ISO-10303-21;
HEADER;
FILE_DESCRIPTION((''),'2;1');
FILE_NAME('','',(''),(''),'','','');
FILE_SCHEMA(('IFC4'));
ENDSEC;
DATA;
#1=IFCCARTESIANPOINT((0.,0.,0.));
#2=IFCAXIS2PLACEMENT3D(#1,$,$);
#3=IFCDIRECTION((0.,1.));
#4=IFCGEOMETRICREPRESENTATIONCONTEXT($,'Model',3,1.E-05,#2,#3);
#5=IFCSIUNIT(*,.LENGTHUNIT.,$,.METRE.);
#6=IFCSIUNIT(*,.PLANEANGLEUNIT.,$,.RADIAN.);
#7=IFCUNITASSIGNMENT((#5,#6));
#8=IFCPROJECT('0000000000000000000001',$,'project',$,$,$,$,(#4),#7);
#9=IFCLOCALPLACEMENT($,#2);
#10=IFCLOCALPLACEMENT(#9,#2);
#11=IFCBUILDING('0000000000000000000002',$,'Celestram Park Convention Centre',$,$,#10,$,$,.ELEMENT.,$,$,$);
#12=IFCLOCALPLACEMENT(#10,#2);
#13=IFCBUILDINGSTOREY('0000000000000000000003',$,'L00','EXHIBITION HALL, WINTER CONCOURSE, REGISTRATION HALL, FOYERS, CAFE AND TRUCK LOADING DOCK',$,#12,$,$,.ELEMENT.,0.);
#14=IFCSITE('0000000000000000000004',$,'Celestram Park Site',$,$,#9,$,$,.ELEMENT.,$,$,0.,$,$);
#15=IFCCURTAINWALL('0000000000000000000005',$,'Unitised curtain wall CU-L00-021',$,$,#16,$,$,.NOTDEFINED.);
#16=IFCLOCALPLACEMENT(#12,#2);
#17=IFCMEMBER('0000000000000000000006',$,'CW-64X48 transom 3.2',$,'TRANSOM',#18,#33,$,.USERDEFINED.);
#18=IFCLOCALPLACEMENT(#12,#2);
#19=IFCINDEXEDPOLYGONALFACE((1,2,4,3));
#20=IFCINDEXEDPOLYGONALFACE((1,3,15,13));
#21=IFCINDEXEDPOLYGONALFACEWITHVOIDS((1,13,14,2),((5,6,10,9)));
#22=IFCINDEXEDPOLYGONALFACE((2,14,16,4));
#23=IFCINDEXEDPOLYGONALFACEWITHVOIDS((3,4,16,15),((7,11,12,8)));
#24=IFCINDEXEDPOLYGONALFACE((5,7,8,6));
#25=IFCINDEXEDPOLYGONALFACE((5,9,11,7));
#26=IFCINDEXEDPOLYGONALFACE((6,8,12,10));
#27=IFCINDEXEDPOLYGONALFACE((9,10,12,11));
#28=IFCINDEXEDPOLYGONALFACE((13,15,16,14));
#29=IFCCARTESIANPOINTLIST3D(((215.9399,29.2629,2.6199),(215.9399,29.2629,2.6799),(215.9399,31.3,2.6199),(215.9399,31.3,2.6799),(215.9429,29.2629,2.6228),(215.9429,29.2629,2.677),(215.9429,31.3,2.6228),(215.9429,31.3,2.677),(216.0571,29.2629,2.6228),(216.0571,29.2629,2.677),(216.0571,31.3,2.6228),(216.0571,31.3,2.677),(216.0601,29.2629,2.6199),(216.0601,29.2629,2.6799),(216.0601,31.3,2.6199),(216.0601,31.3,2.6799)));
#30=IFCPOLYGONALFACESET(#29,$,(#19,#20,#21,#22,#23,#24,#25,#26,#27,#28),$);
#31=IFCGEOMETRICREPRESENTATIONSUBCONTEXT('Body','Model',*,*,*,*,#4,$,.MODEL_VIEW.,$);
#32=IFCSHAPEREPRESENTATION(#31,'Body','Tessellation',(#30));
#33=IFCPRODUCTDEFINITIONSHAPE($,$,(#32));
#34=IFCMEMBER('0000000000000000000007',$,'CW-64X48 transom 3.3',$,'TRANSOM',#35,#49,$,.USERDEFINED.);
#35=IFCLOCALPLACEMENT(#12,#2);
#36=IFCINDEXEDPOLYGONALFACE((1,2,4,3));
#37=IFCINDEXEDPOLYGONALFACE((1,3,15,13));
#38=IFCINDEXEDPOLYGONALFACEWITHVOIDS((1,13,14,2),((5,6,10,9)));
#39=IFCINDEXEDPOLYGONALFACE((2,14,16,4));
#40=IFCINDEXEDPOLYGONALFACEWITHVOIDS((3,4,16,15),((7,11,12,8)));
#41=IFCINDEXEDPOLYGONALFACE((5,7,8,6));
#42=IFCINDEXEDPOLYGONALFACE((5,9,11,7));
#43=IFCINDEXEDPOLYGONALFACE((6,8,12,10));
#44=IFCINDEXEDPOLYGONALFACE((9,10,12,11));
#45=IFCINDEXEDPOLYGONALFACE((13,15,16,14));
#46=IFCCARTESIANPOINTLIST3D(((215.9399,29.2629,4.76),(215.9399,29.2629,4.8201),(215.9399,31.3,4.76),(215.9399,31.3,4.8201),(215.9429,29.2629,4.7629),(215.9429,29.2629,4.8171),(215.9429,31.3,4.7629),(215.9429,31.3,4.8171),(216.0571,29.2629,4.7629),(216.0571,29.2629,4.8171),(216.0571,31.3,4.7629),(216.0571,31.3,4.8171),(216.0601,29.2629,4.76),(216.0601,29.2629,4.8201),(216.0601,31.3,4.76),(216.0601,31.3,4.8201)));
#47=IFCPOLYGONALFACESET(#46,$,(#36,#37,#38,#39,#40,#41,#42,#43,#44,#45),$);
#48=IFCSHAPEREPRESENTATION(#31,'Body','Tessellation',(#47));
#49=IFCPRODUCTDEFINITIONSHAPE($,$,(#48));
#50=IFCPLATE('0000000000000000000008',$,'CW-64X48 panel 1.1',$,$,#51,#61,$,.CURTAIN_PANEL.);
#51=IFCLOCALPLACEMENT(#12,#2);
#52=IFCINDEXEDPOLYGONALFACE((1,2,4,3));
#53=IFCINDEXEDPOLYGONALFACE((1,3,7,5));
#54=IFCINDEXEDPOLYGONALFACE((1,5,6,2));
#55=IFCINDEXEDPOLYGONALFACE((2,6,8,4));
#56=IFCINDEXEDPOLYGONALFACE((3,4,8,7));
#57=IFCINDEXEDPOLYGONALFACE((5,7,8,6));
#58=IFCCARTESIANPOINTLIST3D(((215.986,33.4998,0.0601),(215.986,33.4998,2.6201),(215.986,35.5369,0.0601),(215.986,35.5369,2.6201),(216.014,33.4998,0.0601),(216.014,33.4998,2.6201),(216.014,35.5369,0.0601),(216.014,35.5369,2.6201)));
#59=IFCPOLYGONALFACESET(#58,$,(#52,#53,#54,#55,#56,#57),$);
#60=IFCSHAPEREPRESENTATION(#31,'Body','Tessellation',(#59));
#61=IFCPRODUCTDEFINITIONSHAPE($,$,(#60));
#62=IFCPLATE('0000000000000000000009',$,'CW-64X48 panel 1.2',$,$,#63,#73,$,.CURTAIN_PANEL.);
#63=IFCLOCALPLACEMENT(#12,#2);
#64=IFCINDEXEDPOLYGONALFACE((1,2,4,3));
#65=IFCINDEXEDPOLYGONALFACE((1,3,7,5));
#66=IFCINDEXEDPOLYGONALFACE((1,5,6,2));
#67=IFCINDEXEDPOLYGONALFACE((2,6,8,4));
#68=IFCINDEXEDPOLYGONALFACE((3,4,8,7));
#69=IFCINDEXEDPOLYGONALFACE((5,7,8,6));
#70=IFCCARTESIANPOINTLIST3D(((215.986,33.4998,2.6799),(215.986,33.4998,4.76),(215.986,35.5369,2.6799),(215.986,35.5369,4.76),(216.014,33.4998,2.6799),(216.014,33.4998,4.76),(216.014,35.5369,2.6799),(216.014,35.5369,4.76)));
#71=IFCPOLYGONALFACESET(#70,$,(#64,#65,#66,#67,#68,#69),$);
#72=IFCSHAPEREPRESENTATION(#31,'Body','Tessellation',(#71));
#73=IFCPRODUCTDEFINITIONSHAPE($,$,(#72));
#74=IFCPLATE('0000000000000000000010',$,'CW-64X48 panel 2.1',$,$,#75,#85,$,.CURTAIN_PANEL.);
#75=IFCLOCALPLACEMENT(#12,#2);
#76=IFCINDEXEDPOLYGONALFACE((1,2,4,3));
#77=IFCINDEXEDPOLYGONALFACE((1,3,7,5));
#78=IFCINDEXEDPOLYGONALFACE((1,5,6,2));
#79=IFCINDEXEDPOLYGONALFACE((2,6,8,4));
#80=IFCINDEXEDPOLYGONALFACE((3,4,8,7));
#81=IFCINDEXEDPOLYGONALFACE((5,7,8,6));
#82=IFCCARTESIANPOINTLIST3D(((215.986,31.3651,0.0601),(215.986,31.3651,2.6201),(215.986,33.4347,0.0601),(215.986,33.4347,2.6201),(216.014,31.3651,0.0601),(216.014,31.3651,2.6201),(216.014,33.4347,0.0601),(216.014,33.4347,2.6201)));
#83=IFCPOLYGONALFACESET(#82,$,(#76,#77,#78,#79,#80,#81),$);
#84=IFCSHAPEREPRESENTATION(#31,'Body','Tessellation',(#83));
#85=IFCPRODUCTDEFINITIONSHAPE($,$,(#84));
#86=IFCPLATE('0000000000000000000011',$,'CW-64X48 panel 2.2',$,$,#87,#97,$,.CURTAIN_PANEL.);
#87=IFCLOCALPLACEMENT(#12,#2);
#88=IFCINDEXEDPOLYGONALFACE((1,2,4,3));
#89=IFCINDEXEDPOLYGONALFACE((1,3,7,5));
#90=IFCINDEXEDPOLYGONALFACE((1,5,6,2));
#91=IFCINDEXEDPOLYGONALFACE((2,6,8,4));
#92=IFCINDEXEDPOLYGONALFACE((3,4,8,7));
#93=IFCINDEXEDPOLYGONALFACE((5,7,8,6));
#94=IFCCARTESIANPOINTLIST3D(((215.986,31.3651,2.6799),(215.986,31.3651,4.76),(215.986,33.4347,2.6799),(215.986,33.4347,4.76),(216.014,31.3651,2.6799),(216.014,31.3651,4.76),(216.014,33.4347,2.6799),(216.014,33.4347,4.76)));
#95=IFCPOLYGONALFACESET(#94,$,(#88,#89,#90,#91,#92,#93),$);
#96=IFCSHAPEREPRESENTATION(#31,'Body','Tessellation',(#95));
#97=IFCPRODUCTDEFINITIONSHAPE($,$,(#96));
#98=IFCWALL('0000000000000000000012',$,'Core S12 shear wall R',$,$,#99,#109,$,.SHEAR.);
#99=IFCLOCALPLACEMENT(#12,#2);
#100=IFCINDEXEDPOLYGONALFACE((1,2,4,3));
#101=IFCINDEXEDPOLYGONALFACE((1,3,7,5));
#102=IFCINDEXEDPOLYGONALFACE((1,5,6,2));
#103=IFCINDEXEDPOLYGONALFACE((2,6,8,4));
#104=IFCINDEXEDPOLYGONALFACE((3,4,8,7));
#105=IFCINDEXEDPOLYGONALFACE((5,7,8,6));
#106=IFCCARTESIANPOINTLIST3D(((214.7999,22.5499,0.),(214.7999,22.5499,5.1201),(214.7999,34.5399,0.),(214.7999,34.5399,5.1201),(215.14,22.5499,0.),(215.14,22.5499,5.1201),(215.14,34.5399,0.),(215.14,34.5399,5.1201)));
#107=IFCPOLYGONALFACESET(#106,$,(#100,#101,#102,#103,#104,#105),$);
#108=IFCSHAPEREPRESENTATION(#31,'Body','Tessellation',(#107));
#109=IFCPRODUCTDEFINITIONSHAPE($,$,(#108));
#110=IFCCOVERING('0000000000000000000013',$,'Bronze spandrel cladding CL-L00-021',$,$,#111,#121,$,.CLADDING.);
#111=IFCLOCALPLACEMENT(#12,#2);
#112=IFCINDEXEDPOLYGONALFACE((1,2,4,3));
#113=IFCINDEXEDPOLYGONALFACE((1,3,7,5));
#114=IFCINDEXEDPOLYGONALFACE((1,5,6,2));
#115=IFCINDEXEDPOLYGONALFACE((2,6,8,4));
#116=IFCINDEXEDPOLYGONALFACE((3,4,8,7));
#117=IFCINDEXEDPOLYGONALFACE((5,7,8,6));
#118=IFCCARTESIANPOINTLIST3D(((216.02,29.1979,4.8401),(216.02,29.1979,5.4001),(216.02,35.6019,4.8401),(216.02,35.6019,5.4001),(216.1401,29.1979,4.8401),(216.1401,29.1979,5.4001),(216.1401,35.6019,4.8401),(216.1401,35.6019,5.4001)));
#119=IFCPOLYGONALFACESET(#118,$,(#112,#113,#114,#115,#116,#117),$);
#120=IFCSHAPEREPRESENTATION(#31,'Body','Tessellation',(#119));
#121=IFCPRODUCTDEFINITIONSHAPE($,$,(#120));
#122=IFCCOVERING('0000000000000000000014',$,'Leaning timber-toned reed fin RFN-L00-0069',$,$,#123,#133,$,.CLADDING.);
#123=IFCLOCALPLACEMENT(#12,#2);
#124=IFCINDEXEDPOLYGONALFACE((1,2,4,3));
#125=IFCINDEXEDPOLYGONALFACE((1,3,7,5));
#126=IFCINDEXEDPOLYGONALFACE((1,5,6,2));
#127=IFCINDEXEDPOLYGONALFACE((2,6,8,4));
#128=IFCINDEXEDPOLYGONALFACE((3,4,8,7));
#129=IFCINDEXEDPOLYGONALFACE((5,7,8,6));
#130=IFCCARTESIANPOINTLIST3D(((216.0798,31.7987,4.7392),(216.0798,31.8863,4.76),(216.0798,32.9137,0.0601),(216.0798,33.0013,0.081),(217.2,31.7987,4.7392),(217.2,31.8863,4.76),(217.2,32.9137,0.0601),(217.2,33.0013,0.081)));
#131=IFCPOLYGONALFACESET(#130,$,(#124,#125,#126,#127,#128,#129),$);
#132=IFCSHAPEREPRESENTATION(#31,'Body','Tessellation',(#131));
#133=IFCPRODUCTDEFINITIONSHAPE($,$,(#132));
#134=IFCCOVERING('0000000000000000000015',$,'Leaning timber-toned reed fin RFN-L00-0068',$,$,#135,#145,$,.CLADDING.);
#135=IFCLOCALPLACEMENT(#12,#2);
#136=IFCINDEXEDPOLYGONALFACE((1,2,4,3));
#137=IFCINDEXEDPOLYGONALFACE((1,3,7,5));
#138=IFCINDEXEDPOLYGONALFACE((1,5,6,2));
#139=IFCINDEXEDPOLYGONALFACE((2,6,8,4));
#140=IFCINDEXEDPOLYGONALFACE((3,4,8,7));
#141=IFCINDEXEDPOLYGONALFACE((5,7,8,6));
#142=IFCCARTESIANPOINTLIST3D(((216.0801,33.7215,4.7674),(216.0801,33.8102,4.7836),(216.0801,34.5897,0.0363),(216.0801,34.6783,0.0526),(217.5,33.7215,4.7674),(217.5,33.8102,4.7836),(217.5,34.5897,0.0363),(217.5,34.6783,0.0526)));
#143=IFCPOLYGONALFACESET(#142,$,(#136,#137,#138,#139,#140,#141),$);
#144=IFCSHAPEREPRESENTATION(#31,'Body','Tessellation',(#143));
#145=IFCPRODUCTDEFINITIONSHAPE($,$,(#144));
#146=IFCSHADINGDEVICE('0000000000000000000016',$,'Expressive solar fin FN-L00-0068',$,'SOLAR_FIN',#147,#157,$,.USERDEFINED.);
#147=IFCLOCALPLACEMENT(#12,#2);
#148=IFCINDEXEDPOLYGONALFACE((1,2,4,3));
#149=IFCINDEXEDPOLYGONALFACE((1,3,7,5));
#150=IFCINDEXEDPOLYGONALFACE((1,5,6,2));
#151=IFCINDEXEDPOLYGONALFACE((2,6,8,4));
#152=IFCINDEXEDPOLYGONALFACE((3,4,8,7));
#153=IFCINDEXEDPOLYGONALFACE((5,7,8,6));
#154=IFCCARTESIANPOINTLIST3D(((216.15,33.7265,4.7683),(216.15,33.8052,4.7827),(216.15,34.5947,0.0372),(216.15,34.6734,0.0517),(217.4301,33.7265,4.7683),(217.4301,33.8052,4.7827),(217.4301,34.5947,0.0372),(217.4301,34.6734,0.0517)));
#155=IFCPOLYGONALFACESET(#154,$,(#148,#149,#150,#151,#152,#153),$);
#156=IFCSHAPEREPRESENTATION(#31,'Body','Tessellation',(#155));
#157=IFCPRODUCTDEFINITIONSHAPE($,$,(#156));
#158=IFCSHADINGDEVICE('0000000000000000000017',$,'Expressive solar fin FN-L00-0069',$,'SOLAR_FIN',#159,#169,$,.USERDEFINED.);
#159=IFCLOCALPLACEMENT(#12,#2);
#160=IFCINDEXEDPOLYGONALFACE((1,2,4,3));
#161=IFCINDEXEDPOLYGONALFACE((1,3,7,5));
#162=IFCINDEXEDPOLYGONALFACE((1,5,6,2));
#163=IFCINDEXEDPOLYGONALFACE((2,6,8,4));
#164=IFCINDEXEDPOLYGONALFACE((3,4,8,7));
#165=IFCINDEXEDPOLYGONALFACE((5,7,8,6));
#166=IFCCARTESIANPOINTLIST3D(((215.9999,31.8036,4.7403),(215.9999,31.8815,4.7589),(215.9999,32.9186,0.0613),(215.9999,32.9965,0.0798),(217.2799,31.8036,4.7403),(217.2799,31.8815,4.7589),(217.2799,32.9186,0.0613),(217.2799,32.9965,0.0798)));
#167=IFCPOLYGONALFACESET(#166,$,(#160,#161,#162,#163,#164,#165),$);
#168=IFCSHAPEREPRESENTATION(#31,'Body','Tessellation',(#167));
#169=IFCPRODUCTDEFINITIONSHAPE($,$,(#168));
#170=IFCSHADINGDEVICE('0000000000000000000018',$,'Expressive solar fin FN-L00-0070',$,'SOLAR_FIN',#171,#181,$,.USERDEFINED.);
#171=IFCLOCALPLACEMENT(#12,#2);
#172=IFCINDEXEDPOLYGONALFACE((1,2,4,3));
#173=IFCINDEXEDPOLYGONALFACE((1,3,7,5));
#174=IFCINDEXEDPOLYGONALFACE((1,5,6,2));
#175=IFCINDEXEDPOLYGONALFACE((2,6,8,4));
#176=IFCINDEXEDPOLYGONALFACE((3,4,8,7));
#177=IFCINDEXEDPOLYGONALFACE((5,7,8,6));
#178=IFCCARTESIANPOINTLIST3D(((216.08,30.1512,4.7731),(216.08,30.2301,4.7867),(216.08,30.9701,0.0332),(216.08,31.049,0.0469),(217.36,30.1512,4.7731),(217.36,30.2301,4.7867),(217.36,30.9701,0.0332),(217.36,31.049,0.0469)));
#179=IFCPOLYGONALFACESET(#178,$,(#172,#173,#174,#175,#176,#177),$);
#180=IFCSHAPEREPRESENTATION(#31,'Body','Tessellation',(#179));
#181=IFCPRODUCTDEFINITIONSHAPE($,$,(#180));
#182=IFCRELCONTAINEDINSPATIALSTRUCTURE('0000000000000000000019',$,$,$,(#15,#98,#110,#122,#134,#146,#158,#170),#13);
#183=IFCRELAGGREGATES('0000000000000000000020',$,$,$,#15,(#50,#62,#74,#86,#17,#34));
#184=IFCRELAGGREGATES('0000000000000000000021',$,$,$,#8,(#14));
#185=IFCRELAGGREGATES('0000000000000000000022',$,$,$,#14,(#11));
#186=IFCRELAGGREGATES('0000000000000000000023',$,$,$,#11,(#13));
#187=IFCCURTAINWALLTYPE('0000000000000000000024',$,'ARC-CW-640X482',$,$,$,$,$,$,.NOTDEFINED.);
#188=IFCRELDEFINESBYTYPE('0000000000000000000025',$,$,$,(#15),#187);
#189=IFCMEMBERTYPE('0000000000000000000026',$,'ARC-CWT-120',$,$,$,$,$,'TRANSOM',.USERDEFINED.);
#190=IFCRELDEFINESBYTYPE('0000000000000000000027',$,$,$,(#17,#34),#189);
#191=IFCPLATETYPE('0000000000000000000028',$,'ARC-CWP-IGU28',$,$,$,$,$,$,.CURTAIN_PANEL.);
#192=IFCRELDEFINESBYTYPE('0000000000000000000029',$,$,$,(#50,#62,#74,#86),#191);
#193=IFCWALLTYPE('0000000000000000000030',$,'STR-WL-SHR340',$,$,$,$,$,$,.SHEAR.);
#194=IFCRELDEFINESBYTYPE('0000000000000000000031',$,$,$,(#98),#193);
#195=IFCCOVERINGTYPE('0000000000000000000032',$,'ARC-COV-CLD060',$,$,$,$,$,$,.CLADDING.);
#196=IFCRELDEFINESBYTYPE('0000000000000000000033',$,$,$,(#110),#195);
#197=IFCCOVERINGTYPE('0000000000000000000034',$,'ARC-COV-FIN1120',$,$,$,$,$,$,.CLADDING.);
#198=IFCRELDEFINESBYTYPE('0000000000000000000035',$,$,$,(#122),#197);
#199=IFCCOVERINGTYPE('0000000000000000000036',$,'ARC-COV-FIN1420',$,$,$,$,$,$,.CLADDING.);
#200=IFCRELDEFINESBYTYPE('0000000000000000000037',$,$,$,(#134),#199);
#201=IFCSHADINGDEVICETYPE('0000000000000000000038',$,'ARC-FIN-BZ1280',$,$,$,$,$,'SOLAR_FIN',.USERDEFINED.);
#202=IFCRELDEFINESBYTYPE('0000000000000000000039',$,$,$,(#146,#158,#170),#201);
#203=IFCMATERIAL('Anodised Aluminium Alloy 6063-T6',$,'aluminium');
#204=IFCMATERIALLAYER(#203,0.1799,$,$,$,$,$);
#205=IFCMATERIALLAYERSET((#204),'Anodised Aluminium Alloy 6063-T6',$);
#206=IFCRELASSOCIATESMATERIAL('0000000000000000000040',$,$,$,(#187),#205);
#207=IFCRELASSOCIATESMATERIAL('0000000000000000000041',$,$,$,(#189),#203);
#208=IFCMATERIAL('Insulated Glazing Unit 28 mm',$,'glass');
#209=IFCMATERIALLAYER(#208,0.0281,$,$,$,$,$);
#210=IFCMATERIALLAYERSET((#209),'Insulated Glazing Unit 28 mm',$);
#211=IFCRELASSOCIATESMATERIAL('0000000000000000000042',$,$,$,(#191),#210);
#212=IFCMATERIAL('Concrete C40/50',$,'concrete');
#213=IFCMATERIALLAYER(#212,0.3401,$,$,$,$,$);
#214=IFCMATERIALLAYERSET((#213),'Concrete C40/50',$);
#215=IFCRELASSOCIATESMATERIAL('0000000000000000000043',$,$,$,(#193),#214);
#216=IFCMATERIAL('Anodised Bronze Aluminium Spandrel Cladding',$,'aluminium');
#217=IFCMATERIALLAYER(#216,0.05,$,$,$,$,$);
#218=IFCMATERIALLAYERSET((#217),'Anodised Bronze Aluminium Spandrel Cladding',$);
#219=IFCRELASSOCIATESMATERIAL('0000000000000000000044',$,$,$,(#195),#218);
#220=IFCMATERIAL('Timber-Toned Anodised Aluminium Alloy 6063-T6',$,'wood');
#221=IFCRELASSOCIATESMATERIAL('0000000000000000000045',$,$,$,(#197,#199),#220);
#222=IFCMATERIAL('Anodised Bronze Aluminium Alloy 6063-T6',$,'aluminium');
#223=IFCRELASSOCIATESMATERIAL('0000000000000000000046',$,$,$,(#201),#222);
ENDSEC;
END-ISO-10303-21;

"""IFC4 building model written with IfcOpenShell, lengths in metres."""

from ifc_helpers import new_model, si_unit, direction, frame, frame_2d, origin, origin_2d, place, context, subcontext, project, spatial, rectangle, hollow_rectangle, extrude, material, layer, layer_set, material_profile, profile_set, type_object, element, aggregate, save


model = new_model("IFC4")

# Units and contexts
model_context = context("Model", 3, precision=1e-05, world=origin(), true_north=direction((0.0, 1.0)))
body_context = subcontext(model_context, "Body", "Model", "MODEL_VIEW")
ifc_project = project(units=[si_unit("LENGTHUNIT", "METRE"), si_unit("PLANEANGLEUNIT", "RADIAN")], contexts=[model_context])

# Site, building, storey
site_placement = place(None, origin())
site = spatial("IfcSite", under=ifc_project, at=site_placement, Name="Celestram Park Site", CompositionType="ELEMENT", RefElevation=0.0)
building_placement = place(site_placement, origin())
building = spatial("IfcBuilding", under=site, at=building_placement, Name="Celestram Park Convention Centre", CompositionType="ELEMENT")
storey_placement = place(building_placement, origin())
storey = spatial("IfcBuildingStorey", under=building, at=storey_placement, Name="L00", Description="EXHIBITION HALL, WINTER CONCOURSE, REGISTRATION HALL, FOYERS, CAFE AND TRUCK LOADING DOCK", CompositionType="ELEMENT", Elevation=0.0)

# Shared definitions
ifc_material_1 = material(Name="Concrete C40/50", Category="concrete")

# Curtain wall, members, plates
ifc_material_2 = material(Name="Anodised Aluminium Alloy 6063-T6", Category="aluminium")
ifc_layer_1 = layer(ifc_material_2, 0.1799)
ifc_layer_set_1 = layer_set([ifc_layer_1], Name="Anodised Aluminium Alloy 6063-T6")
curtain_wall_type = type_object("IfcCurtainWallType", Name="ARC-CW-640X482", PredefinedType="NOTDEFINED", material=ifc_layer_set_1)
curtain_wall_placement = place(storey_placement, origin())
curtain_wall = element("IfcCurtainWall", 1, at=curtain_wall_placement, inside=storey, type_object=curtain_wall_type, Name="Unitised curtain wall CU-L00-021", PredefinedType="NOTDEFINED")
ifc_material_profile_1 = material_profile(ifc_material_2, hollow_rectangle(XDim=0.1201, YDim=0.0601, WallThickness=0.0029, at=origin_2d()), Name="ALU120X60X3")
ifc_profile_set_1 = profile_set([ifc_material_profile_1], Name="Anodised Aluminium Alloy 6063-T6")
member_type_1 = type_object("IfcMemberType", Name="ARC-CWT-120", ElementType="TRANSOM", PredefinedType="USERDEFINED", material=ifc_profile_set_1)
member_1_placement = place(storey_placement, frame((216.0, 31.3, 2.6499), z_axis=(0.0, -1.0, 0.0), x_axis=(1.0, 0.0, 0.0)))
member_1 = element("IfcMember", 2, at=member_1_placement, type_object=member_type_1, Name="CW-64X48 transom 3.2", ObjectType="TRANSOM", PredefinedType="USERDEFINED", context=body_context, shape_type="SweptSolid", body=[
    extrude(hollow_rectangle(XDim=0.1201, YDim=0.0601, WallThickness=0.0029, at=origin_2d()), origin(), (0.0, 0.0, 1.0), 2.0371),
])
member_2_placement = place(storey_placement, frame((216.0, 31.3, 4.79), z_axis=(0.0, -1.0, 0.0), x_axis=(1.0, 0.0, 0.0)))
member_2 = element("IfcMember", 3, at=member_2_placement, type_object=member_type_1, Name="CW-64X48 transom 3.3", ObjectType="TRANSOM", PredefinedType="USERDEFINED", context=body_context, shape_type="SweptSolid", body=[
    extrude(hollow_rectangle(XDim=0.1201, YDim=0.0601, WallThickness=0.0029, at=origin_2d()), origin(), (0.0, 0.0, 1.0), 2.0371),
])
ifc_material_3 = material(Name="Insulated Glazing Unit 28 mm", Category="glass")
ifc_layer_2 = layer(ifc_material_3, 0.0281)
ifc_layer_set_2 = layer_set([ifc_layer_2], Name="Insulated Glazing Unit 28 mm")
plate_type = type_object("IfcPlateType", Name="ARC-CWP-IGU28", PredefinedType="CURTAIN_PANEL", material=ifc_layer_set_2)
plate_1_placement = place(storey_placement, frame((216.0, 34.5183, 0.0601), z_axis=(0.0, 0.0, 1.0), x_axis=(0.0, -1.0, 0.0)))
plate_1 = element("IfcPlate", 4, at=plate_1_placement, type_object=plate_type, Name="CW-64X48 panel 1.1", PredefinedType="CURTAIN_PANEL", context=body_context, shape_type="SweptSolid", body=[
    extrude(rectangle(XDim=2.0371, YDim=0.0281, at=origin_2d()), origin(), (0.0, 0.0, 1.0), 2.5601),
])
plate_2_placement = place(storey_placement, frame((216.0, 34.5183, 2.6799), z_axis=(0.0, 0.0, 1.0), x_axis=(0.0, -1.0, 0.0)))
plate_2 = element("IfcPlate", 5, at=plate_2_placement, type_object=plate_type, Name="CW-64X48 panel 1.2", PredefinedType="CURTAIN_PANEL", context=body_context, shape_type="SweptSolid", body=[
    extrude(rectangle(XDim=2.0371, YDim=0.0281, at=origin_2d()), origin(), (0.0, 0.0, 1.0), 2.0801),
])
plate_3_placement = place(storey_placement, frame((216.0, 32.3999, 0.0601), z_axis=(0.0, 0.0, 1.0), x_axis=(0.0, -1.0, 0.0)))
plate_3 = element("IfcPlate", 6, at=plate_3_placement, type_object=plate_type, Name="CW-64X48 panel 2.1", PredefinedType="CURTAIN_PANEL", context=body_context, shape_type="SweptSolid", body=[
    extrude(rectangle(XDim=2.0696, YDim=0.0281, at=origin_2d()), origin(), (0.0, 0.0, 1.0), 2.5601),
])
plate_4_placement = place(storey_placement, frame((216.0, 32.3999, 2.6799), z_axis=(0.0, 0.0, 1.0), x_axis=(0.0, -1.0, 0.0)))
plate_4 = element("IfcPlate", 7, at=plate_4_placement, type_object=plate_type, Name="CW-64X48 panel 2.2", PredefinedType="CURTAIN_PANEL", context=body_context, shape_type="SweptSolid", body=[
    extrude(rectangle(XDim=2.0696, YDim=0.0281, at=origin_2d()), origin(), (0.0, 0.0, 1.0), 2.0801),
])
aggregate(curtain_wall, [plate_1, plate_2, plate_3, plate_4, member_1, member_2])

# Wall
ifc_layer_3 = layer(ifc_material_1, 0.3401)
ifc_layer_set_3 = layer_set([ifc_layer_3], Name="Concrete C40/50")
wall_type = type_object("IfcWallType", Name="STR-WL-SHR340", PredefinedType="SHEAR", material=ifc_layer_set_3)
wall_placement = place(storey_placement, frame((214.97, 34.54, 0.0), z_axis=(0.0, 0.0, 1.0), x_axis=(0.0, -1.0, 0.0)))
element("IfcWall", 8, at=wall_placement, inside=storey, type_object=wall_type, Name="Core S12 shear wall R", PredefinedType="SHEAR", context=body_context, shape_type="SweptSolid", body=[
    extrude(rectangle(XDim=11.99, YDim=0.3401, at=frame_2d((5.9951, 0.0))), origin(), (0.0, 0.0, 1.0), 5.1201),
])

# Coverings
ifc_material_4 = material(Name="Anodised Bronze Aluminium Spandrel Cladding", Category="aluminium")
ifc_layer_4 = layer(ifc_material_4, 0.05)
ifc_layer_set_4 = layer_set([ifc_layer_4], Name="Anodised Bronze Aluminium Spandrel Cladding")
covering_type_1 = type_object("IfcCoveringType", Name="ARC-COV-CLD060", PredefinedType="CLADDING", material=ifc_layer_set_4)
covering_1_placement = place(storey_placement, frame((216.0801, 32.3999, 4.8401), z_axis=(0.0, 0.0, 1.0), x_axis=(0.0, -1.0, 0.0)))
element("IfcCovering", 9, at=covering_1_placement, inside=storey, type_object=covering_type_1, Name="Bronze spandrel cladding CL-L00-021", PredefinedType="CLADDING", context=body_context, shape_type="SweptSolid", body=[
    extrude(rectangle(XDim=6.4041, YDim=0.1201, at=origin_2d()), origin(), (0.0, 0.0, 1.0), 0.5601),
])
ifc_material_5 = material(Name="Timber-Toned Anodised Aluminium Alloy 6063-T6", Category="wood")
ifc_material_profile_2 = material_profile(ifc_material_5, rectangle(XDim=1.1201, YDim=0.0901, at=origin_2d()), Name="REED1120X90")
ifc_profile_set_2 = profile_set([ifc_material_profile_2], Name="Timber-Toned Anodised Aluminium Alloy 6063-T6")
covering_type_2 = type_object("IfcCoveringType", Name="ARC-COV-FIN1120", PredefinedType="CLADDING", material=ifc_profile_set_2)
covering_2_placement = place(storey_placement, frame((216.6399, 32.9575, 0.0706), z_axis=(0.0, -0.231808, 0.972762), x_axis=(1.0, 0.0, 0.0)))
element("IfcCovering", 10, at=covering_2_placement, inside=storey, type_object=covering_type_2, Name="Leaning timber-toned reed fin RFN-L00-0069", PredefinedType="CLADDING", context=body_context, shape_type="SweptSolid", body=[
    extrude(rectangle(XDim=1.1201, YDim=0.0901, at=origin_2d()), origin(), (0.0, 0.0, 1.0), 4.8101),
])
ifc_material_profile_3 = material_profile(ifc_material_5, rectangle(XDim=1.4199, YDim=0.0901, at=origin_2d()), Name="REED1420X90")
ifc_profile_set_3 = profile_set([ifc_material_profile_3], Name="Timber-Toned Anodised Aluminium Alloy 6063-T6")
covering_type_3 = type_object("IfcCoveringType", Name="ARC-COV-FIN1420", PredefinedType="CLADDING", material=ifc_profile_set_3)
covering_3_placement = place(storey_placement, frame((216.79, 34.634, 0.0444), z_axis=(0.0, -0.180493, 0.983576), x_axis=(1.0, 0.0, 0.0)))
element("IfcCovering", 11, at=covering_3_placement, inside=storey, type_object=covering_type_3, Name="Leaning timber-toned reed fin RFN-L00-0068", PredefinedType="CLADDING", context=body_context, shape_type="SweptSolid", body=[
    extrude(rectangle(XDim=1.4199, YDim=0.0901, at=origin_2d()), origin(), (0.0, 0.0, 1.0), 4.8101),
])

# Shading devices
ifc_material_6 = material(Name="Anodised Bronze Aluminium Alloy 6063-T6", Category="aluminium")
ifc_material_profile_4 = material_profile(ifc_material_6, rectangle(XDim=1.28, YDim=0.0801, at=origin_2d()), Name="FIN1280X80")
ifc_profile_set_4 = profile_set([ifc_material_profile_4], Name="Anodised Bronze Aluminium Alloy 6063-T6")
shading_device_type = type_object("IfcShadingDeviceType", Name="ARC-FIN-BZ1280", ElementType="SOLAR_FIN", PredefinedType="USERDEFINED", material=ifc_profile_set_4)
for number, where, z_axis, x_axis, name in (
    (12, (216.79, 34.634, 0.0444), (0.0, -0.180493, 0.983576), (1.0, 0.0, 0.0), "Expressive solar fin FN-L00-0068"),
    (13, (216.6399, 32.9575, 0.0706), (0.0, -0.231808, 0.972762), (1.0, 0.0, 0.0), "Expressive solar fin FN-L00-0069"),
    (14, (216.72, 31.0095, 0.04), (0.0, -0.17024, 0.985403), (1.0, 0.0, 0.0), "Expressive solar fin FN-L00-0070"),
):
    element("IfcShadingDevice", number, at=place(storey_placement, frame(where, z_axis=z_axis, x_axis=x_axis)), inside=storey, type_object=shading_device_type, Name=name, ObjectType="SOLAR_FIN", PredefinedType="USERDEFINED", context=body_context, shape_type="SweptSolid", body=[
        extrude(rectangle(XDim=1.28, YDim=0.0801, at=origin_2d()), origin(), (0.0, 0.0, 1.0), 4.8101),
    ])

save(model, "model.ifc")
